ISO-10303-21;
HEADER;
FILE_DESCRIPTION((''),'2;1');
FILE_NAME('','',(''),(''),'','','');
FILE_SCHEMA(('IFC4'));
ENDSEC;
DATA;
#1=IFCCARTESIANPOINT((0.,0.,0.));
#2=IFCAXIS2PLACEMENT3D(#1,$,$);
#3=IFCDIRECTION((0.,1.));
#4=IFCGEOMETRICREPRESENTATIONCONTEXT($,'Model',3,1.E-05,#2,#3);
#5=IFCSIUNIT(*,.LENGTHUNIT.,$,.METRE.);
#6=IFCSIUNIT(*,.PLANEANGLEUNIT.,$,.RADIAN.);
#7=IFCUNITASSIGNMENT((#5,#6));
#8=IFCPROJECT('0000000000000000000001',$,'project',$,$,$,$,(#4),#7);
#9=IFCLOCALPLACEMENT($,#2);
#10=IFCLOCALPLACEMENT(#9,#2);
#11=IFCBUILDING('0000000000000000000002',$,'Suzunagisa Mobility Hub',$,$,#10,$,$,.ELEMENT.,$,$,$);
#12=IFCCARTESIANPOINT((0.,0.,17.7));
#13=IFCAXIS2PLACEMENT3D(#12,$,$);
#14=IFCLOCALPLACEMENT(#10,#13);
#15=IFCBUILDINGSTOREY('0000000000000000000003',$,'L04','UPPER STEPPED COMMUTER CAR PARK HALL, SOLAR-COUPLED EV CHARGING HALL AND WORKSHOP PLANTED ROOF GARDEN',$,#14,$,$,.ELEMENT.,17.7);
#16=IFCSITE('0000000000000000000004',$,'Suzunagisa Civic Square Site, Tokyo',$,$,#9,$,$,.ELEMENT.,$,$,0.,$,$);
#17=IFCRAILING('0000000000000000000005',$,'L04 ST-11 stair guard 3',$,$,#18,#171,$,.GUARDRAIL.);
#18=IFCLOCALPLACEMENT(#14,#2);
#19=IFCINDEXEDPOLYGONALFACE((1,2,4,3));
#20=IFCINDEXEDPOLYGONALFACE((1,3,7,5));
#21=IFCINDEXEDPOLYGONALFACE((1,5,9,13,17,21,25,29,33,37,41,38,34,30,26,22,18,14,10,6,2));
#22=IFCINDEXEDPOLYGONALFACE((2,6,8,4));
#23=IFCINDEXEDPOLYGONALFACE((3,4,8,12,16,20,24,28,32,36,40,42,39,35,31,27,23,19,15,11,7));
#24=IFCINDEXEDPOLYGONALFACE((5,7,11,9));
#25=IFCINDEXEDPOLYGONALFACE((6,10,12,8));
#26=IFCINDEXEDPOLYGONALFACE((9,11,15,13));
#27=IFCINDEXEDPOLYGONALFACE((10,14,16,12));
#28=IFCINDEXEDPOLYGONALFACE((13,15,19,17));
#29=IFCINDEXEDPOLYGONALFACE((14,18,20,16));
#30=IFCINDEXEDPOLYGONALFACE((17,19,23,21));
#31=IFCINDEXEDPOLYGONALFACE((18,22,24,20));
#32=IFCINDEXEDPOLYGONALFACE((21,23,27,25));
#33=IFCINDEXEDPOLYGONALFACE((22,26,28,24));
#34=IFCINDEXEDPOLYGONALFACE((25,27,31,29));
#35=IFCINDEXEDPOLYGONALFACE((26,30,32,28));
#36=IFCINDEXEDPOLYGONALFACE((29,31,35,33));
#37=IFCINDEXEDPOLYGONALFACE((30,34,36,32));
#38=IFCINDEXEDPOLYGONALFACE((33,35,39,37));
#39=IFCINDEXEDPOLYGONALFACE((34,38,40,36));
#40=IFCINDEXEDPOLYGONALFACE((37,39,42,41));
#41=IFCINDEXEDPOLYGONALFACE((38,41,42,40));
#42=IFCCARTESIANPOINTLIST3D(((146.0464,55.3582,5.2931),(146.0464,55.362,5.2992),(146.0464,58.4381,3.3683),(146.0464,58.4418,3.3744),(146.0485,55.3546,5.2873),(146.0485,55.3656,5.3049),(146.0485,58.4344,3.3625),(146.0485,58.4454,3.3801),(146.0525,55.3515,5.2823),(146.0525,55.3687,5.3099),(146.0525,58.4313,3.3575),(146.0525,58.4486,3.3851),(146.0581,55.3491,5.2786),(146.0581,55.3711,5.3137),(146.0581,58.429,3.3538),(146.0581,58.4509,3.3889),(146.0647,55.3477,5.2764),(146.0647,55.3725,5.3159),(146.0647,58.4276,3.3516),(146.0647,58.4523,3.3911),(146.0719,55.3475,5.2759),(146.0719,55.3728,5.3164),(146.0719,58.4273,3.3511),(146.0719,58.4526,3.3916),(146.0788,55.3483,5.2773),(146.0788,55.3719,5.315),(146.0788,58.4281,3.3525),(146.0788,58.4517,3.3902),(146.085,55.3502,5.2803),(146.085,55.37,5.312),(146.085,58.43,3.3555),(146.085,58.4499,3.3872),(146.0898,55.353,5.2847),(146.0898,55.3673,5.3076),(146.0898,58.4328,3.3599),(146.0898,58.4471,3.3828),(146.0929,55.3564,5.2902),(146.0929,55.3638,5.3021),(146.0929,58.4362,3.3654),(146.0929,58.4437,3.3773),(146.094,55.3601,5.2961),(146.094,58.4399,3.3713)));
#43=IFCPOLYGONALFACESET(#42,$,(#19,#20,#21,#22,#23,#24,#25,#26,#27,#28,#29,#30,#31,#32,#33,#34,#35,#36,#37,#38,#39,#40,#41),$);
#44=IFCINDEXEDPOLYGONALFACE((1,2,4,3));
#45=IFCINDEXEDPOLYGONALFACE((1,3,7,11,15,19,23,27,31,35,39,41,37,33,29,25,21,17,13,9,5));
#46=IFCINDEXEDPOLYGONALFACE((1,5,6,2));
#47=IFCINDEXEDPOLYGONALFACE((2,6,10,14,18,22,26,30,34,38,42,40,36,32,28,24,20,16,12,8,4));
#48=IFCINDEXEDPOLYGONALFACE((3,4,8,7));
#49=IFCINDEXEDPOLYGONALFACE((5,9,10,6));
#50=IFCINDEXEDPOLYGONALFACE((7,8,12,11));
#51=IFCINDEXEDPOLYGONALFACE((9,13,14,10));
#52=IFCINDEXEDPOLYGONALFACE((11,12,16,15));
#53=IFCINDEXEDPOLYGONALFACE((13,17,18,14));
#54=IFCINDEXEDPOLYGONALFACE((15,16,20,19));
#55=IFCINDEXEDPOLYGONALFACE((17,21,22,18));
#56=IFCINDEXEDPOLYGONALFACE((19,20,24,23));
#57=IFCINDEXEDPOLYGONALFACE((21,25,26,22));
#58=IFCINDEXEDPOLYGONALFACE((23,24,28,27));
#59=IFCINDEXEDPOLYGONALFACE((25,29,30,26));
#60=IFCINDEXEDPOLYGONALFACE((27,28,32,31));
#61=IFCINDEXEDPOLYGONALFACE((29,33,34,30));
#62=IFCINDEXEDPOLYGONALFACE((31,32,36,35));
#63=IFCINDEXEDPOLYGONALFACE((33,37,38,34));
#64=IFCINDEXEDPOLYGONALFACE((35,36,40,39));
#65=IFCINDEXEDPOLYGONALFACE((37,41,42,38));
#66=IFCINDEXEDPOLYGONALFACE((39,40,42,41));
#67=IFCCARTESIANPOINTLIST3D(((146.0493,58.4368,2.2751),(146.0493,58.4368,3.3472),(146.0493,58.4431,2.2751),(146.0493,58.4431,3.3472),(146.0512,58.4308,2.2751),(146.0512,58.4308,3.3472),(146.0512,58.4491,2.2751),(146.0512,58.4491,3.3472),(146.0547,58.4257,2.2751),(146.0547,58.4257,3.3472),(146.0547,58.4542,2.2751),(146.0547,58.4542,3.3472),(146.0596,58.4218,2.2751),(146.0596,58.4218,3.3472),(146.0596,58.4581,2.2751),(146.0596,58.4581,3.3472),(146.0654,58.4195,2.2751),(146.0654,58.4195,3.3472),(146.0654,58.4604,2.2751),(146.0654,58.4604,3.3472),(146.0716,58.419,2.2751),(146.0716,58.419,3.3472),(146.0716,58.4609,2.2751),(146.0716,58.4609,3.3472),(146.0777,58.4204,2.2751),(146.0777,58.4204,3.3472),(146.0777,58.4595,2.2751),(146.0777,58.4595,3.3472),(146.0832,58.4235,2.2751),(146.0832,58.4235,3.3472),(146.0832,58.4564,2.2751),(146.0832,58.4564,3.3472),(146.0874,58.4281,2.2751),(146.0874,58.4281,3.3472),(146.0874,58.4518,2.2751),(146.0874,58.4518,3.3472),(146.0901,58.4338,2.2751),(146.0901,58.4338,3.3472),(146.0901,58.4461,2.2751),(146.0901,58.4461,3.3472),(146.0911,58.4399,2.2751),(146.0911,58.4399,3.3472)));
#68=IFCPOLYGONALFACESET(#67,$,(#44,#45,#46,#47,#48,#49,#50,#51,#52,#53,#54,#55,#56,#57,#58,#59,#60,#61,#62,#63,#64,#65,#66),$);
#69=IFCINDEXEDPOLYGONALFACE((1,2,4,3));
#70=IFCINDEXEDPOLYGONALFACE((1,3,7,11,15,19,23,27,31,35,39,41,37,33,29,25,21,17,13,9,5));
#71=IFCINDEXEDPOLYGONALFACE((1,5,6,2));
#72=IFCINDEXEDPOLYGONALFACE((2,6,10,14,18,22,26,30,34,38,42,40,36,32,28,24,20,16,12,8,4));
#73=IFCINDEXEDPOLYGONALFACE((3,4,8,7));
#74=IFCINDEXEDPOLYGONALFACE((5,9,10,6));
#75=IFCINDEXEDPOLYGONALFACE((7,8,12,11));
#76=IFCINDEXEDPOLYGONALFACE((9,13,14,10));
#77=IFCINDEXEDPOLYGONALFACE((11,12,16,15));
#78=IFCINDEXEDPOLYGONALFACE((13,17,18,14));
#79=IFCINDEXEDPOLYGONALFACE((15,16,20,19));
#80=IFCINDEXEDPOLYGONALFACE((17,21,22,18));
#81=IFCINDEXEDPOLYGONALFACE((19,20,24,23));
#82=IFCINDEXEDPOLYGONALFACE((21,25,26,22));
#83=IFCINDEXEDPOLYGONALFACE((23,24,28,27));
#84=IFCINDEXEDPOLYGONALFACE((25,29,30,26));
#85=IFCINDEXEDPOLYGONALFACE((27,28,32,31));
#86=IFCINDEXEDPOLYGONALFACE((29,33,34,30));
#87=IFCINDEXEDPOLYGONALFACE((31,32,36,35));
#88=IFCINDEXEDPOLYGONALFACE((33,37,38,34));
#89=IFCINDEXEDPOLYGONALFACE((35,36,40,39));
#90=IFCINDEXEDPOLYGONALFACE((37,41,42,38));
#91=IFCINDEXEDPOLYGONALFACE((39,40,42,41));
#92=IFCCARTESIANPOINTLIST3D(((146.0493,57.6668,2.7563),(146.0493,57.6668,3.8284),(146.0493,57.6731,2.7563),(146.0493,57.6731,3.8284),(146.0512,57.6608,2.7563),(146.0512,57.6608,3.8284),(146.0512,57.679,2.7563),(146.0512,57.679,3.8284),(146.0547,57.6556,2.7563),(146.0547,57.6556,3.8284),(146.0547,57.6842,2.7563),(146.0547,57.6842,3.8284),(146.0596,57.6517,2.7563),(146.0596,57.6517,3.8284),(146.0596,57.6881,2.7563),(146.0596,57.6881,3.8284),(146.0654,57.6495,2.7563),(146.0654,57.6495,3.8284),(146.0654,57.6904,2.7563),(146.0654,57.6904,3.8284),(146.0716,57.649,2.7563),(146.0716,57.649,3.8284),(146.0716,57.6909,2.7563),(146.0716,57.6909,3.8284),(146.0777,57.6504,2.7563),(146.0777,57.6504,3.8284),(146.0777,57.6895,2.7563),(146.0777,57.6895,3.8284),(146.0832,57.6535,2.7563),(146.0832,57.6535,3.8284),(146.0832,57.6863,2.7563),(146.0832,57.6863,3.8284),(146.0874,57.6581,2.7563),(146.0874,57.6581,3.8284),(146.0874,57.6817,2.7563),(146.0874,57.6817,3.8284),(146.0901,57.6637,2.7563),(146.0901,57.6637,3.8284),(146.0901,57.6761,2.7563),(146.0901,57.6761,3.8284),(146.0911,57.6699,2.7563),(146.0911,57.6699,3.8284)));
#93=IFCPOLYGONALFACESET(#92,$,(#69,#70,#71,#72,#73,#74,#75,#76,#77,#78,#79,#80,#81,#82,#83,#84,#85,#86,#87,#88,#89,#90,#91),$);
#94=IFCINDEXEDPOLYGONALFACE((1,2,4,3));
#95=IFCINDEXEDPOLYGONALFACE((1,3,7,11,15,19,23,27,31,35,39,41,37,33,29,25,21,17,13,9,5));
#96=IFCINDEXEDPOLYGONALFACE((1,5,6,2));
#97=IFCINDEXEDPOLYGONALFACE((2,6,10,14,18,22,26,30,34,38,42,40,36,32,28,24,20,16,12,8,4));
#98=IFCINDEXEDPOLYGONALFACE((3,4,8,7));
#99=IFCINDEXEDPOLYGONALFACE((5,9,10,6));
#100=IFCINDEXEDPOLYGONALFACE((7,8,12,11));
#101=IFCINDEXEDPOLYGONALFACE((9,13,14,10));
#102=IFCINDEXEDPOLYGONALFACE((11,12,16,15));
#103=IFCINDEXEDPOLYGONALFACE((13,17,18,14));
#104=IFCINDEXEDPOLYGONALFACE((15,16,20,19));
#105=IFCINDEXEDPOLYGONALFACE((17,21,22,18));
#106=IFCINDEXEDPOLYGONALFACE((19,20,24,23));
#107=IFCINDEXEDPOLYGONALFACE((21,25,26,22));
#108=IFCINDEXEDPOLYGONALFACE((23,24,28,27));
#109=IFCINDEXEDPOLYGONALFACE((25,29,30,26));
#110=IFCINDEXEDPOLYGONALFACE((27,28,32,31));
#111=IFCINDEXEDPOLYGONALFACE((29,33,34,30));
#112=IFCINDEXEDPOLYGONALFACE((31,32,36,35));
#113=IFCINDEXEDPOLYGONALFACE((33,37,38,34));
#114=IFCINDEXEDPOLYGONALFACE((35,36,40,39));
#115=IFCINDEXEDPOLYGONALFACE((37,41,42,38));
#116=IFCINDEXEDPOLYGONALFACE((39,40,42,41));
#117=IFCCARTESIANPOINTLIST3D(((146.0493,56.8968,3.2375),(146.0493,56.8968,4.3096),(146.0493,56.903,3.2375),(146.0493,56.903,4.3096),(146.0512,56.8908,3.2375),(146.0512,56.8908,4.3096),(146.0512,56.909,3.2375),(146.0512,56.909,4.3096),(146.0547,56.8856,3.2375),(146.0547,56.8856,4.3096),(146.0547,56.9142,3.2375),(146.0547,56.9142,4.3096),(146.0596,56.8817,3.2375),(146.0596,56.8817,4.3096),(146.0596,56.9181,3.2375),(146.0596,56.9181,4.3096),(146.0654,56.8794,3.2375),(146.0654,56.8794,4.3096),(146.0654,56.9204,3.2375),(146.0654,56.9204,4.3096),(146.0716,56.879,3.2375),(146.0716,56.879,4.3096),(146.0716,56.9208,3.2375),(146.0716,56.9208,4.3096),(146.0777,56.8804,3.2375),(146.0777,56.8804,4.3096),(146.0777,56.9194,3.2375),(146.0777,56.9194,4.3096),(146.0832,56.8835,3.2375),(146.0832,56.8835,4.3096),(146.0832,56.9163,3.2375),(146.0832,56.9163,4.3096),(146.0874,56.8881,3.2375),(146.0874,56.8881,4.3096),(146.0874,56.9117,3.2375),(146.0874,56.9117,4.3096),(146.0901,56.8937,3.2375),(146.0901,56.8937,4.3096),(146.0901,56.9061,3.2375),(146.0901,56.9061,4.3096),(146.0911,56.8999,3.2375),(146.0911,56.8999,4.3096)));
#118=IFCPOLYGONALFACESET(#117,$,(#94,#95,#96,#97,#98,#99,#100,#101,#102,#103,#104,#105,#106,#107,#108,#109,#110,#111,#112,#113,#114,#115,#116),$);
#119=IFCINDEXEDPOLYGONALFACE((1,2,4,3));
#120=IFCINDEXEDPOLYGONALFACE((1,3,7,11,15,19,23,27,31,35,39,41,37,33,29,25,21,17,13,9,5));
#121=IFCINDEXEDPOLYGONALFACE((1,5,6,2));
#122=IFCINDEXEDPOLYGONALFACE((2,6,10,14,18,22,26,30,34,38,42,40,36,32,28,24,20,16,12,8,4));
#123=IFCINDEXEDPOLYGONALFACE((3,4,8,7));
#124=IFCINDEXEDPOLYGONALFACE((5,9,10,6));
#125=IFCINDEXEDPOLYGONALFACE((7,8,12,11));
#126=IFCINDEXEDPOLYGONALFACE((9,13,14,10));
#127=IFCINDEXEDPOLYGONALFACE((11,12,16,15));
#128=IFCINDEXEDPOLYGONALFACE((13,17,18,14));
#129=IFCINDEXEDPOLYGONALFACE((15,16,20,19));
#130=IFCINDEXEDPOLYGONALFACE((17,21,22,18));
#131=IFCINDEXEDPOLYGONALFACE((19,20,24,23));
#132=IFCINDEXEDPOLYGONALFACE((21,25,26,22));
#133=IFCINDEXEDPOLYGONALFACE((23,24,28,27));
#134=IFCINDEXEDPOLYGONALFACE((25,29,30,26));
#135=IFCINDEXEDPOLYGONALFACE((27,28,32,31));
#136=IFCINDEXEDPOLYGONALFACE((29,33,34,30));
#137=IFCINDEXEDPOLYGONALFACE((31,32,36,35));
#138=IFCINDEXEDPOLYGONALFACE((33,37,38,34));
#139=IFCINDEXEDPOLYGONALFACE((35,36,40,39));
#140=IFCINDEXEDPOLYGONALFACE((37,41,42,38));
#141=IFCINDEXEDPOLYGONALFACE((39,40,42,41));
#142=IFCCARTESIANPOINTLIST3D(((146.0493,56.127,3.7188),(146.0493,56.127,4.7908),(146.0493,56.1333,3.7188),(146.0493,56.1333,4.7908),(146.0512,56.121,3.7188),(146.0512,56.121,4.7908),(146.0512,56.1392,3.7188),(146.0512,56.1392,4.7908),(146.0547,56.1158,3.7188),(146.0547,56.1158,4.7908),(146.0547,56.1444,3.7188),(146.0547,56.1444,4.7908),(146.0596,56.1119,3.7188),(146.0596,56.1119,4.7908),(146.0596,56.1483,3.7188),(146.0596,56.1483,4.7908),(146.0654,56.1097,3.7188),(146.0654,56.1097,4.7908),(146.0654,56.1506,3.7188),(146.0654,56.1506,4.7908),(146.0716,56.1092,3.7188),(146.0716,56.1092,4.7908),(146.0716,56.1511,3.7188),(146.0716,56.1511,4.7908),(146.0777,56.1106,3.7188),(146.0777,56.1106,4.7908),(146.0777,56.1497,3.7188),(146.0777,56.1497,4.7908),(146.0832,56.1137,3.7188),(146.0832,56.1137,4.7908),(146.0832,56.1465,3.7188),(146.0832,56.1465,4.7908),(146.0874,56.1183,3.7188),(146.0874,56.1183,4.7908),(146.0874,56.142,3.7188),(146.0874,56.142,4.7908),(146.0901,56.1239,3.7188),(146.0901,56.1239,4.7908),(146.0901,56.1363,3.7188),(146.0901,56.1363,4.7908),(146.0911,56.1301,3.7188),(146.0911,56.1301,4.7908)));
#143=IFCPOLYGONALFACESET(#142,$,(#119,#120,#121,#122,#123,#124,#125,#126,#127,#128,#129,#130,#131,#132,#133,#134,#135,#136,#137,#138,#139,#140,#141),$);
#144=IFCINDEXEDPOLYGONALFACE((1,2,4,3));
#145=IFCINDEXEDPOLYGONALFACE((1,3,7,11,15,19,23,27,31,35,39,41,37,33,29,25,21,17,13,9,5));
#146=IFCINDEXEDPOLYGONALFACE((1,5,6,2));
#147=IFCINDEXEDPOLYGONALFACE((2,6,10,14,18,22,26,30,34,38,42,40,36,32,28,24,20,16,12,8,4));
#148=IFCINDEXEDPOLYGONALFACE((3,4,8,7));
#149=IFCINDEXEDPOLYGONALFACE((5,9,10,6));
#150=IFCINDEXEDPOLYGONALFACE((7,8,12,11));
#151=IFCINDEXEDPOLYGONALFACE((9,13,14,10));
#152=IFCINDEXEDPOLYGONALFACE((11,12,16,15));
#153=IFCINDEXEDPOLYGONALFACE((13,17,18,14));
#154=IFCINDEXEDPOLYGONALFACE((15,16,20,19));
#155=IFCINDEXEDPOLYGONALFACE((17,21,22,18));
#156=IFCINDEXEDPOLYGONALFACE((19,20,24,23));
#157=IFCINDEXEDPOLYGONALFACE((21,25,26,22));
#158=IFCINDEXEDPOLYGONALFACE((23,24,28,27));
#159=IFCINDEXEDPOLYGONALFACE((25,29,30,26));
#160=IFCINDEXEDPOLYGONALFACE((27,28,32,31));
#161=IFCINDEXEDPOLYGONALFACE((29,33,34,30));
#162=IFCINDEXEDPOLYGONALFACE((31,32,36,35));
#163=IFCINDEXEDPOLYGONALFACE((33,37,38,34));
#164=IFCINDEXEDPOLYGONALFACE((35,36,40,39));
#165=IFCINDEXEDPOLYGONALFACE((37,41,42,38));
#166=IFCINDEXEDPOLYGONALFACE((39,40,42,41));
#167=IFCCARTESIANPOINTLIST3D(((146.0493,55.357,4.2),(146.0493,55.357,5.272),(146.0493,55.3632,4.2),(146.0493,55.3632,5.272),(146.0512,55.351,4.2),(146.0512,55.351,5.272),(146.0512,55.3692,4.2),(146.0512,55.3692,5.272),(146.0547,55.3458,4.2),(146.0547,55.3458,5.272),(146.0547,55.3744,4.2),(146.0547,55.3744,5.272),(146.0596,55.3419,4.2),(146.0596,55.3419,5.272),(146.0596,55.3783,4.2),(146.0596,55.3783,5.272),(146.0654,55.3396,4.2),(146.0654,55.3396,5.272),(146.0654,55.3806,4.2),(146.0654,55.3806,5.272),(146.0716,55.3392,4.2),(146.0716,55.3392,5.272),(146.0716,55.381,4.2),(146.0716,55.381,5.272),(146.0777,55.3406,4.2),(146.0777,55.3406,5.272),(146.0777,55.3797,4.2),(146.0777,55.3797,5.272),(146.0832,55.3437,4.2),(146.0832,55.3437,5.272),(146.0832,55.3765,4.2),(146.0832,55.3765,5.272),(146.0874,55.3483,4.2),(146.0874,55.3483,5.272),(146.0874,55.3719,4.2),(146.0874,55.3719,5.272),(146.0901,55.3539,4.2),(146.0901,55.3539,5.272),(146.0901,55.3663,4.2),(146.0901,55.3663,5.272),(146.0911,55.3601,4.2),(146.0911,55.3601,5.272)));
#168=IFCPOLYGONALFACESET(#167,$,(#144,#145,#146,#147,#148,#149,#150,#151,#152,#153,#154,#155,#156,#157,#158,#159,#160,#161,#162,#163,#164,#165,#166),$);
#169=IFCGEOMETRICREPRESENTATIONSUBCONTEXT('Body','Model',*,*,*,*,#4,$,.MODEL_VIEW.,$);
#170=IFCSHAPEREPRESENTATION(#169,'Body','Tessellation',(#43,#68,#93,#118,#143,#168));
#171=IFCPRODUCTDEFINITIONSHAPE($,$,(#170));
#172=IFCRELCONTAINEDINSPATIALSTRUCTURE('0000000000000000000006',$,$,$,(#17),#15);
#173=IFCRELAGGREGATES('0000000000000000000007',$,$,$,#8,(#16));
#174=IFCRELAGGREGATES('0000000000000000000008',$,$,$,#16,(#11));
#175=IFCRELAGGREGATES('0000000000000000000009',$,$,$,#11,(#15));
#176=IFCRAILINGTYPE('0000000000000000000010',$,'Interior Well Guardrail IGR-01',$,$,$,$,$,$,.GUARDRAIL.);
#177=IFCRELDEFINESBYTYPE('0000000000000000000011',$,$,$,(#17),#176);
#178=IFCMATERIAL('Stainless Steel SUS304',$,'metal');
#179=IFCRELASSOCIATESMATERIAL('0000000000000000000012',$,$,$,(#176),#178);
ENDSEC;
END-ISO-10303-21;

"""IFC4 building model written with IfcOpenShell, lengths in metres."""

from ifc_helpers import new_model, si_unit, direction, frame, origin, origin_2d, place, context, subcontext, project, spatial, circle, extrude, material, type_object, element, save


model = new_model("IFC4")

# Units and contexts
model_context = context("Model", 3, precision=1e-05, world=origin(), true_north=direction((0.0, 1.0)))
body_context = subcontext(model_context, "Body", "Model", "MODEL_VIEW")
ifc_project = project(units=[si_unit("LENGTHUNIT", "METRE"), si_unit("PLANEANGLEUNIT", "RADIAN")], contexts=[model_context])

# Site, building, storey
site_placement = place(None, origin())
site = spatial("IfcSite", under=ifc_project, at=site_placement, Name="Suzunagisa Civic Square Site, Tokyo", CompositionType="ELEMENT", RefElevation=0.0)
building_placement = place(site_placement, origin())
building = spatial("IfcBuilding", under=site, at=building_placement, Name="Suzunagisa Mobility Hub", CompositionType="ELEMENT")
storey_placement = place(building_placement, frame((0.0, 0.0, 17.7)))
storey = spatial("IfcBuildingStorey", under=building, at=storey_placement, Name="L04", Description="UPPER STEPPED COMMUTER CAR PARK HALL, SOLAR-COUPLED EV CHARGING HALL AND WORKSHOP PLANTED ROOF GARDEN", CompositionType="ELEMENT", Elevation=17.7)

# Railing
ifc_material_1 = material(Name="Stainless Steel SUS304", Category="metal")
railing_type = type_object("IfcRailingType", Name="Interior Well Guardrail IGR-01", PredefinedType="GUARDRAIL", material=ifc_material_1)
railing_1_placement = place(storey_placement, frame((146.0701, 58.4399, 2.2751)))
element("IfcRailing", 1, at=railing_1_placement, inside=storey, type_object=railing_type, Name="L04 ST-11 stair guard 3", PredefinedType="GUARDRAIL", context=body_context, shape_type="SweptSolid", body=[
    extrude(circle(Radius=0.0239, at=origin_2d()), frame((0.0, 0.0, 1.0962), z_axis=(0.0, -0.84801, 0.529981), x_axis=(1.0, 0.0, 0.0)), (0.0, 0.0, 1.0), 3.6318),
    extrude(circle(Radius=0.021, at=origin_2d()), origin(), (0.0, 0.0, 1.0), 1.072),
    extrude(circle(Radius=0.021, at=origin_2d()), frame((0.0, -0.77, 0.4812)), (0.0, 0.0, 1.0), 1.072),
    extrude(circle(Radius=0.021, at=origin_2d()), frame((0.0, -1.54, 0.9624)), (0.0, 0.0, 1.0), 1.072),
    extrude(circle(Radius=0.021, at=origin_2d()), frame((0.0, -2.3098, 1.4436)), (0.0, 0.0, 1.0), 1.072),
    extrude(circle(Radius=0.021, at=origin_2d()), frame((0.0, -3.0798, 1.9248)), (0.0, 0.0, 1.0), 1.072),
])

save(model, "model.ifc")
